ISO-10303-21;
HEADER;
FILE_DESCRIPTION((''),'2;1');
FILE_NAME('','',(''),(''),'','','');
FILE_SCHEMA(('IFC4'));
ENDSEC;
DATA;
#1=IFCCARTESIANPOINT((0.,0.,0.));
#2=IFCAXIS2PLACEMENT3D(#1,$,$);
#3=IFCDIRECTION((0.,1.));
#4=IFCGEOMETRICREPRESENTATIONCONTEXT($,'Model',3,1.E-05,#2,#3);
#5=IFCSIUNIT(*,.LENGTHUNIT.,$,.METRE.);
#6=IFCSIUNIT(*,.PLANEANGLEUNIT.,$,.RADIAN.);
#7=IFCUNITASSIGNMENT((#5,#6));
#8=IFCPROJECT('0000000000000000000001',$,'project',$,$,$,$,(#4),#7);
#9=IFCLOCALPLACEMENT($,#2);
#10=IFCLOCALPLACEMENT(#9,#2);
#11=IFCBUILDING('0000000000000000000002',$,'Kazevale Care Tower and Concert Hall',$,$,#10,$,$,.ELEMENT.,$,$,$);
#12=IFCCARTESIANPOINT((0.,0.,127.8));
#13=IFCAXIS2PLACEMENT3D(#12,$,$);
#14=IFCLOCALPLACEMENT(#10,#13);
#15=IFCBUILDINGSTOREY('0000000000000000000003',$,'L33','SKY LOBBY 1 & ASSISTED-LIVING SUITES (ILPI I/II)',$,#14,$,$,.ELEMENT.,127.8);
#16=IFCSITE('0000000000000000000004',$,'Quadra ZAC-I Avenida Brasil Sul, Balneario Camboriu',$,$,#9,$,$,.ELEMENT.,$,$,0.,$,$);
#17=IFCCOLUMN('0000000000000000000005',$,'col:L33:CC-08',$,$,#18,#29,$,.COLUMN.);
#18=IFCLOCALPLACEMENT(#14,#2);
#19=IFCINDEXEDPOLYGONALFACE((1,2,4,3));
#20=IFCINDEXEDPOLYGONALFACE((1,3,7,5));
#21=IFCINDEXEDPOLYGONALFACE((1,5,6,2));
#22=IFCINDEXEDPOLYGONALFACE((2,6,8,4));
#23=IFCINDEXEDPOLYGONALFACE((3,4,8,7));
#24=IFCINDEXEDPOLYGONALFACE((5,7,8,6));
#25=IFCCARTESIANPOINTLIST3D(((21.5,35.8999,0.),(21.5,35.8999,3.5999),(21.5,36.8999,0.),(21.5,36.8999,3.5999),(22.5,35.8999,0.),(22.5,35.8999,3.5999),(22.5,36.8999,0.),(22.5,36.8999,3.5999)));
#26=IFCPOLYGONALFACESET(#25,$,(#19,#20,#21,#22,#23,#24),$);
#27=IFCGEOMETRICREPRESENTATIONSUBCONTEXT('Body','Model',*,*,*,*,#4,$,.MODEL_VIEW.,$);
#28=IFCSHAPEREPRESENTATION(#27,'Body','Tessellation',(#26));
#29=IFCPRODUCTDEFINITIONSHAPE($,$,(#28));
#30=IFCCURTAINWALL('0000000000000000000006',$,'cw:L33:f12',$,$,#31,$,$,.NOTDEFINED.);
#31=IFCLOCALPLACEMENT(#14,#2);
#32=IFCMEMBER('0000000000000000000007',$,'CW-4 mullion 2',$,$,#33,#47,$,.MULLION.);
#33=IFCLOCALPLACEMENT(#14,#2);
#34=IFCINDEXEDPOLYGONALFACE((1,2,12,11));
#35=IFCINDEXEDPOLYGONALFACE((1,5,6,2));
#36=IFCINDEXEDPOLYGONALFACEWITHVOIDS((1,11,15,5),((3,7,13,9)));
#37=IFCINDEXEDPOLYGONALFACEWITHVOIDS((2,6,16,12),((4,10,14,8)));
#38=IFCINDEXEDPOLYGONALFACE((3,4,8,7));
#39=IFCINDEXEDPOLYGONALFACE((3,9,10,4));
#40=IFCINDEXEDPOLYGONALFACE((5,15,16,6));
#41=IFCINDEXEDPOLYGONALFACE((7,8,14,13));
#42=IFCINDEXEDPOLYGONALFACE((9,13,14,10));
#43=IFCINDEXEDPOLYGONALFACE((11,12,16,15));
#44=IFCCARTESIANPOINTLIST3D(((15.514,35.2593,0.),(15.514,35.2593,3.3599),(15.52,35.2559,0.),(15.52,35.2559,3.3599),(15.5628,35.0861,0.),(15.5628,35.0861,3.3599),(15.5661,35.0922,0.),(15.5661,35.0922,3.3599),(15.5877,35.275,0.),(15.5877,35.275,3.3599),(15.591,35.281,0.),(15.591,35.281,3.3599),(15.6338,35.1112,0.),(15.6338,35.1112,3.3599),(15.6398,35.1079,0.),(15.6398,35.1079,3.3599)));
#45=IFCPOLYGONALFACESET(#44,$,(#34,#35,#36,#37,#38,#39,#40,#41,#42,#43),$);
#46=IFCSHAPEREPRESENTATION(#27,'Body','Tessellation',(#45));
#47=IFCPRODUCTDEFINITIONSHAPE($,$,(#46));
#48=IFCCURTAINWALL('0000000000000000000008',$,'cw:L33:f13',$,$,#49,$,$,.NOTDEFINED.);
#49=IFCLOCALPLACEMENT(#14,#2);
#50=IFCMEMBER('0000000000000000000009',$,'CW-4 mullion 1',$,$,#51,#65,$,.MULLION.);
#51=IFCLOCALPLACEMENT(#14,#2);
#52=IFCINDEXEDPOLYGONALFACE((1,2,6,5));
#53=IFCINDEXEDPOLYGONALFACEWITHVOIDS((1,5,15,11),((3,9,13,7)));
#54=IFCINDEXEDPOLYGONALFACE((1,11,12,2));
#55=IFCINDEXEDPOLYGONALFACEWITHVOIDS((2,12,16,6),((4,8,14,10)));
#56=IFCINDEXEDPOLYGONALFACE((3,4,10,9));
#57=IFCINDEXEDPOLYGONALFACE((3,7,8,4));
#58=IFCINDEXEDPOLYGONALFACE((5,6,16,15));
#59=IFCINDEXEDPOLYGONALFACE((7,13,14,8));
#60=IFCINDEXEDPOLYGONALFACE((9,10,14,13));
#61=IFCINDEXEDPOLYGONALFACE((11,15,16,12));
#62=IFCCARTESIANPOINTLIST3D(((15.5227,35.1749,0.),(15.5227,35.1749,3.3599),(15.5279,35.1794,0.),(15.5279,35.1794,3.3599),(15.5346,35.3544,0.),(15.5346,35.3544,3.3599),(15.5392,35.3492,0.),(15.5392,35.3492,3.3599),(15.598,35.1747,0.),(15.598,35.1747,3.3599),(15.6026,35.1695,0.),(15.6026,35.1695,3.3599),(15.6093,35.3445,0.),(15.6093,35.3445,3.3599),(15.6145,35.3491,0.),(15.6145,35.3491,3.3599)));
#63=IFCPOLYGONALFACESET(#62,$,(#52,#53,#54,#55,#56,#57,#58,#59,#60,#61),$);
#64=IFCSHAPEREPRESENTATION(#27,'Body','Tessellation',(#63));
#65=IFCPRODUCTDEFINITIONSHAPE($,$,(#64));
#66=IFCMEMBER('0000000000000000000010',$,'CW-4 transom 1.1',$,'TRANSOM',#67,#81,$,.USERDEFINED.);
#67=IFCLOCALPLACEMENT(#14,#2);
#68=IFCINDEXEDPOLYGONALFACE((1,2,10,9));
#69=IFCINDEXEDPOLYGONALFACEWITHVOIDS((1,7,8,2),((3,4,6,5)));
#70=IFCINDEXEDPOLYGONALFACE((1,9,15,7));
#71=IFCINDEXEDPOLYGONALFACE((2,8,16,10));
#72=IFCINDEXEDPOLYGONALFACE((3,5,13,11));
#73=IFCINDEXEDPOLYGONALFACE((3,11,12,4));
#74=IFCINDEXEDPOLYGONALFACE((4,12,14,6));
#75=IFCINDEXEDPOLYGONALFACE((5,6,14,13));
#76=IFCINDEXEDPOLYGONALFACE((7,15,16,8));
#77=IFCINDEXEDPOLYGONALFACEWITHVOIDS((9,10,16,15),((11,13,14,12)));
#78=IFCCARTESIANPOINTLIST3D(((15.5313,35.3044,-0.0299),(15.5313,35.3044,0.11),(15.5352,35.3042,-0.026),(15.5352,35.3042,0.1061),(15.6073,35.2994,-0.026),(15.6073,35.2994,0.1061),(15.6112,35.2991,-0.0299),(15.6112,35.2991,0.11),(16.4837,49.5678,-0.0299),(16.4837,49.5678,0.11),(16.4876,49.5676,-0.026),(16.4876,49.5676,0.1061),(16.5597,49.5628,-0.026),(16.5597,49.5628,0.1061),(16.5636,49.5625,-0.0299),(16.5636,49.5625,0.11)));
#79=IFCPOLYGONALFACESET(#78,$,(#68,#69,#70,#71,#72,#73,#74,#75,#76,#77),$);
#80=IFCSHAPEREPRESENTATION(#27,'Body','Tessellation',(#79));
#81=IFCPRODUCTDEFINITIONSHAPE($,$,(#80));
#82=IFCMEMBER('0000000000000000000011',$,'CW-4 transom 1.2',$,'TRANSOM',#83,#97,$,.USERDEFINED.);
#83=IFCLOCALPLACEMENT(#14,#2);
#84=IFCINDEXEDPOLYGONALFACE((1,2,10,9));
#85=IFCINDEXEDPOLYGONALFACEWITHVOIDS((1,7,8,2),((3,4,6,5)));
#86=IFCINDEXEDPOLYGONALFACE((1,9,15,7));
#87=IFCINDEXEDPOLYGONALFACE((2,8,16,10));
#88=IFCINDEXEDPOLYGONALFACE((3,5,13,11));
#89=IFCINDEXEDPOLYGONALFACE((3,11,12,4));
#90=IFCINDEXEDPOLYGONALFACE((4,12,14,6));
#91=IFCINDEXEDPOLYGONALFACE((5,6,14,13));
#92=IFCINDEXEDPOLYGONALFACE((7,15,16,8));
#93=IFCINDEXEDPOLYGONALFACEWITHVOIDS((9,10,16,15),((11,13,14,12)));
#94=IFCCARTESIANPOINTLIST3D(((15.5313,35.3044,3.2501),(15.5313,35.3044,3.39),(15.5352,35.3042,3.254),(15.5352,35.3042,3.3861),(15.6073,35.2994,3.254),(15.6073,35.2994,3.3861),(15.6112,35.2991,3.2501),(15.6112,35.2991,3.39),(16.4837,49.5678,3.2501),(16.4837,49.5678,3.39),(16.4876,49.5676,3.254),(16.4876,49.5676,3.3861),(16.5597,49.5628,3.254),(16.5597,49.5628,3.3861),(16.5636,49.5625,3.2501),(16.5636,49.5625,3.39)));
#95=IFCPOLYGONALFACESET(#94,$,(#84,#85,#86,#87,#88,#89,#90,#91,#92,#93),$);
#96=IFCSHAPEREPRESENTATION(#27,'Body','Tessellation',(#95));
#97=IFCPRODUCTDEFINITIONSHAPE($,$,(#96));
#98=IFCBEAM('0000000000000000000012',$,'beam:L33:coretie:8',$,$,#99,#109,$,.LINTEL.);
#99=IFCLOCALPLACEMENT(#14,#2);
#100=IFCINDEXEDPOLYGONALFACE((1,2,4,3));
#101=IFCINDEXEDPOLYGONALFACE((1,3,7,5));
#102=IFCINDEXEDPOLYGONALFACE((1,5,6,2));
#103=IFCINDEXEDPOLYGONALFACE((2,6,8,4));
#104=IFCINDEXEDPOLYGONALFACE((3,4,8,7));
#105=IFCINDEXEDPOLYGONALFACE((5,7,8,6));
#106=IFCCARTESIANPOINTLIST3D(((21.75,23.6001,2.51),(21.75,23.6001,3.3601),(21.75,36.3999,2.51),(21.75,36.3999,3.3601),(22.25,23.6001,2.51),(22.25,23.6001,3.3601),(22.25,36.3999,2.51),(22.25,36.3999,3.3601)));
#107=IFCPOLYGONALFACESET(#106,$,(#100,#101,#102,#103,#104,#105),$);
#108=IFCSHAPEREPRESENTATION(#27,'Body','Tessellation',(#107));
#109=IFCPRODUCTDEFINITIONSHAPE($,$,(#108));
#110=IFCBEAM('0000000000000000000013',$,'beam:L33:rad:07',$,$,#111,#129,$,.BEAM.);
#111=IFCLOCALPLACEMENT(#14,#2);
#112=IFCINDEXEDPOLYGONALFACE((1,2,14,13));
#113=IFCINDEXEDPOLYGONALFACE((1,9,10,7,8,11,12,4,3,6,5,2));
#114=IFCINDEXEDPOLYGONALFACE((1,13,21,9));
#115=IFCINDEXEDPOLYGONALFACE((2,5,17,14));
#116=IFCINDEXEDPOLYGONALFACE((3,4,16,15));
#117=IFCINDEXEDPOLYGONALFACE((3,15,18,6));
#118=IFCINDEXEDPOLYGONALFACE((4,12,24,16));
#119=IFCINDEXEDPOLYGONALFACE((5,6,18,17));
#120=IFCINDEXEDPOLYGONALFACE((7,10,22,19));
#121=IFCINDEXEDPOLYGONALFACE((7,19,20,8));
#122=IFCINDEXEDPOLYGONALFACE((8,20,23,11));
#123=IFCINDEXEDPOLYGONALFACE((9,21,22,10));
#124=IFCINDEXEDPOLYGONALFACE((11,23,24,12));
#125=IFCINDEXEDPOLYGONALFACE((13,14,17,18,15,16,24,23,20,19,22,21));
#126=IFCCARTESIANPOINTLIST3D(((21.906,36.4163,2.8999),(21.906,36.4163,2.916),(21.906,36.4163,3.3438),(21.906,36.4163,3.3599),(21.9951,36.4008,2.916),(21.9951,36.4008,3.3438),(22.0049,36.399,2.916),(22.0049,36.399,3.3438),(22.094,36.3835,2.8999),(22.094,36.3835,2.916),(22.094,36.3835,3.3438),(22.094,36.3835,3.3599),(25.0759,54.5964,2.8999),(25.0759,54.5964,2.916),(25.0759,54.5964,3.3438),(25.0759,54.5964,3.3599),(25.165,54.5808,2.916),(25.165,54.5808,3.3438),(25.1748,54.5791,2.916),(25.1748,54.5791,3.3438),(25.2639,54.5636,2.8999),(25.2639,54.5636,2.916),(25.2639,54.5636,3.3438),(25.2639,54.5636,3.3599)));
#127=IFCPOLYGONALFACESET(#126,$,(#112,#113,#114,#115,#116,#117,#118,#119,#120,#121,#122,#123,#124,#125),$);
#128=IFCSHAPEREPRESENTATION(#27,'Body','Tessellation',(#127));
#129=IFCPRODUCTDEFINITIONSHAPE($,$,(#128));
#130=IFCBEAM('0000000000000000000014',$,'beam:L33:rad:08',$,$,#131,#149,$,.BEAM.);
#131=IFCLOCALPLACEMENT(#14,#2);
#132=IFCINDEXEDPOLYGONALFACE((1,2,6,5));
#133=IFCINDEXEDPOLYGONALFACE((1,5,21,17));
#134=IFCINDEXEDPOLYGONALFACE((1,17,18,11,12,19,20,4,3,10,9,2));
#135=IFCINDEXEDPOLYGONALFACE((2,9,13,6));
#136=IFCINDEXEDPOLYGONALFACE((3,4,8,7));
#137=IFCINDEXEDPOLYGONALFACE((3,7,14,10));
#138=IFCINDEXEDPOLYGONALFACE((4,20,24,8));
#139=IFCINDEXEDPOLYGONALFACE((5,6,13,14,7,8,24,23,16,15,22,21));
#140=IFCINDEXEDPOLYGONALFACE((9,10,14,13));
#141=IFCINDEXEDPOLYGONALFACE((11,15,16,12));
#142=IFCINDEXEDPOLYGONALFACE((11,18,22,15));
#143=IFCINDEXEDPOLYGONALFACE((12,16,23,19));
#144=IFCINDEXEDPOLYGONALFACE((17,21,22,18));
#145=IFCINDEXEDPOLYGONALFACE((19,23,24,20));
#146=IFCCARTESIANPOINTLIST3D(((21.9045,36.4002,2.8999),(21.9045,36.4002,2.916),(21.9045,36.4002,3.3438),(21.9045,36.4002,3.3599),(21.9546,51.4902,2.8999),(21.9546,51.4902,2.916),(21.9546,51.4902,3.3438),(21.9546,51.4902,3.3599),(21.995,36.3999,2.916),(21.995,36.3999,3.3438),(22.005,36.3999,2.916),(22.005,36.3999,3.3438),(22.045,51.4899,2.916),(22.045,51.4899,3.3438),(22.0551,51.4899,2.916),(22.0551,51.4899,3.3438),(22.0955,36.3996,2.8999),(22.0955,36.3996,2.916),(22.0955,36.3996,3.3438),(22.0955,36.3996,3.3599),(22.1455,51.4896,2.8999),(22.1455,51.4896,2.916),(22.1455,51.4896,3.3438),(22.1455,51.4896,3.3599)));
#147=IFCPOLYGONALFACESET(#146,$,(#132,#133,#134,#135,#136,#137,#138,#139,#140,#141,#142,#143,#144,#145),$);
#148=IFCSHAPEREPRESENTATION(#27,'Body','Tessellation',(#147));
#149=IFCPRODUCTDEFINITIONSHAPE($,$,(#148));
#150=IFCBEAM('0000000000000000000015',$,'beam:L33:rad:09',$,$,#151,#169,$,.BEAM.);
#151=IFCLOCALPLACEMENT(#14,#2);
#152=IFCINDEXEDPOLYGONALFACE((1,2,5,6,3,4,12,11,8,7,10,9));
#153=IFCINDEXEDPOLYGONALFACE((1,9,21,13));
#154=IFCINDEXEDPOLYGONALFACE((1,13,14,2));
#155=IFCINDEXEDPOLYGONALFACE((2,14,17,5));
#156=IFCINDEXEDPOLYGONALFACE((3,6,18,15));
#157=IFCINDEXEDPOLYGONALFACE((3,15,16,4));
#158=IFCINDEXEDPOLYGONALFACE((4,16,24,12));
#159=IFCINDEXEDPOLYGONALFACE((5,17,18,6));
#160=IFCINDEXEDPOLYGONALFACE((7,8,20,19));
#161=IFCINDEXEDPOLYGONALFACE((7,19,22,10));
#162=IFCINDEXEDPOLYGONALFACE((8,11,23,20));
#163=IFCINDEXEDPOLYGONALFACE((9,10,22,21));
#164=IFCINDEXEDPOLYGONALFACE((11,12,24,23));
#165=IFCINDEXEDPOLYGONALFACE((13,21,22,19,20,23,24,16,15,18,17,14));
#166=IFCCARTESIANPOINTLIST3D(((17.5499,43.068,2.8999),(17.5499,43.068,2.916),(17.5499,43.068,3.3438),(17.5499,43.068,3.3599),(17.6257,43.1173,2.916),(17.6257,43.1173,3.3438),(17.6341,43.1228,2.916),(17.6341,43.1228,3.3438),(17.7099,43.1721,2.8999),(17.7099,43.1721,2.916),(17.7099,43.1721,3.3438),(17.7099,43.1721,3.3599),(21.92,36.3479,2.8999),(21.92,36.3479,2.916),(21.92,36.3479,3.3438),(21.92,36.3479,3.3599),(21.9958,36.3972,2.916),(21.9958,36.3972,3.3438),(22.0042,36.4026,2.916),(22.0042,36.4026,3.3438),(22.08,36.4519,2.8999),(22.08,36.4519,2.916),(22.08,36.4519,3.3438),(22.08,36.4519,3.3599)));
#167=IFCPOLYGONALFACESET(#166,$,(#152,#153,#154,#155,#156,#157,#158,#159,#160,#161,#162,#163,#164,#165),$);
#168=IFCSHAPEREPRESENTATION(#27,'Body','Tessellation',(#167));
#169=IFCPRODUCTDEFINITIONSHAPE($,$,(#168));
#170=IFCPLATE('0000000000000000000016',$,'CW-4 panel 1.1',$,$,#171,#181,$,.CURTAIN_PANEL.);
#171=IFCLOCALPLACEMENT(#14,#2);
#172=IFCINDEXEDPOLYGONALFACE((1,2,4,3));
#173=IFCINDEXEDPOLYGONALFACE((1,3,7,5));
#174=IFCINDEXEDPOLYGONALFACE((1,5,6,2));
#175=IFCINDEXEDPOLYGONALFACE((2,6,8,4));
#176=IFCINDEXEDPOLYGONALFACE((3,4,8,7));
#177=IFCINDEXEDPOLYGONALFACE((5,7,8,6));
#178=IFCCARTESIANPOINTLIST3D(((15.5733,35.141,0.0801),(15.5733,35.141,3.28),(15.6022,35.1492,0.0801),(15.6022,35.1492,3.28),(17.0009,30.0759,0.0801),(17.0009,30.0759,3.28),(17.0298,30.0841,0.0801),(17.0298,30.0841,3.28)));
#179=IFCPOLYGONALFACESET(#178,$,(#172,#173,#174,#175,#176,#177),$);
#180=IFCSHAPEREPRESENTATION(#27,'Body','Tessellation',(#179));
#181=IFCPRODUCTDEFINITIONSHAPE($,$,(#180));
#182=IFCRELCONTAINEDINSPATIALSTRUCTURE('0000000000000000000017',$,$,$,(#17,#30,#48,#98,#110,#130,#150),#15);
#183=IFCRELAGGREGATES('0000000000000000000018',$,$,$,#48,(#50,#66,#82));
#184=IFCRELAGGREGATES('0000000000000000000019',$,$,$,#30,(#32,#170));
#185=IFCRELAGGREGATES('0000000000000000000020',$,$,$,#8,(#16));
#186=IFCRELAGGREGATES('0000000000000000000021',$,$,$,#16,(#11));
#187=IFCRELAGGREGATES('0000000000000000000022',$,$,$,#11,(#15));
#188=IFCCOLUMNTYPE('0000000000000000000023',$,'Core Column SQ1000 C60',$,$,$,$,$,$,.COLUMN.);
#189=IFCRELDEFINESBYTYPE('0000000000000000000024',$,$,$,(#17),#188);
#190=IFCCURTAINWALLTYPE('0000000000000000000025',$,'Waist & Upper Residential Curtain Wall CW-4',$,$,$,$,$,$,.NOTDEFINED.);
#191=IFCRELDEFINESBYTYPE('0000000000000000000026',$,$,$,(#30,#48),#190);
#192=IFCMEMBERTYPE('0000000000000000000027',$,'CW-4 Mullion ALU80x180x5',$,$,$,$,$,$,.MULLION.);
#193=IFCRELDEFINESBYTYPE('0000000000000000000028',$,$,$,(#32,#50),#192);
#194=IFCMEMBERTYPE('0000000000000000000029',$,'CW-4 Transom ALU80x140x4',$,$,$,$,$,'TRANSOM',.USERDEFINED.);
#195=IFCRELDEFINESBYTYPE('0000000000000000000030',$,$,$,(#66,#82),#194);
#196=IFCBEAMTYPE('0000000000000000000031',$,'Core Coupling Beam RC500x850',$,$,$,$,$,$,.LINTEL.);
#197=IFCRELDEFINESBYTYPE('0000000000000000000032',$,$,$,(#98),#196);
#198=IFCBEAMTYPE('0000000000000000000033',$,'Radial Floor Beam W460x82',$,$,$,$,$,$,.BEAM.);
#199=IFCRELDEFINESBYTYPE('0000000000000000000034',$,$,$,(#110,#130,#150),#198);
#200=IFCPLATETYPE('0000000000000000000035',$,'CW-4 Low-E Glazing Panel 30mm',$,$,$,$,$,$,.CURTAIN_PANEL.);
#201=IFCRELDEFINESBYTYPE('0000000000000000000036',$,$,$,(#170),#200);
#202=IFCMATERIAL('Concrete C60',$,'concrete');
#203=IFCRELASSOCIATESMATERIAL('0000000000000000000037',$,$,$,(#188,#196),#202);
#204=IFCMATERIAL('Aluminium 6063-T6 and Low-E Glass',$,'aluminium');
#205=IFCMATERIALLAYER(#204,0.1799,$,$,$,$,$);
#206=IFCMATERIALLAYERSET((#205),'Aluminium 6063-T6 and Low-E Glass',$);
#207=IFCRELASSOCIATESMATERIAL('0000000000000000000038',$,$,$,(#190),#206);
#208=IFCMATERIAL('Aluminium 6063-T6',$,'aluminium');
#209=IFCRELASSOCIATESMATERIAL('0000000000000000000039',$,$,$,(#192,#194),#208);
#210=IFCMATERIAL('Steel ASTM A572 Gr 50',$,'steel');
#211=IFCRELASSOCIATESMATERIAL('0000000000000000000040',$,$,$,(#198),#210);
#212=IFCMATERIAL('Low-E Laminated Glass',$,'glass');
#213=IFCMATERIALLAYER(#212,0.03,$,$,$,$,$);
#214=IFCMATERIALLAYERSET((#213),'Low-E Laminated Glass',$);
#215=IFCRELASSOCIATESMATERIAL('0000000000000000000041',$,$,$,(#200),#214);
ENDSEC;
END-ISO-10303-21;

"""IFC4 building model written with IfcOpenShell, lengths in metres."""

from ifc_helpers import new_model, si_unit, direction, frame, origin, origin_2d, place, context, subcontext, project, spatial, rectangle, hollow_rectangle, i_section, extrude, material, layer, layer_set, material_profile, profile_set, type_object, element, aggregate, save


model = new_model("IFC4")

# Units and contexts
model_context = context("Model", 3, precision=1e-05, world=origin(), true_north=direction((0.0, 1.0)))
body_context = subcontext(model_context, "Body", "Model", "MODEL_VIEW")
ifc_project = project(units=[si_unit("LENGTHUNIT", "METRE"), si_unit("PLANEANGLEUNIT", "RADIAN")], contexts=[model_context])

# Site, building, storey
site_placement = place(None, origin())
site = spatial("IfcSite", under=ifc_project, at=site_placement, Name="Quadra ZAC-I Avenida Brasil Sul, Balneario Camboriu", CompositionType="ELEMENT", RefElevation=0.0)
building_placement = place(site_placement, origin())
building = spatial("IfcBuilding", under=site, at=building_placement, Name="Kazevale Care Tower and Concert Hall", CompositionType="ELEMENT")
storey_placement = place(building_placement, frame((0.0, 0.0, 127.8)))
storey = spatial("IfcBuildingStorey", under=building, at=storey_placement, Name="L33", Description="SKY LOBBY 1 & ASSISTED-LIVING SUITES (ILPI I/II)", CompositionType="ELEMENT", Elevation=127.8)

# Column
ifc_material_1 = material(Name="Concrete C60", Category="concrete")
ifc_material_profile_1 = material_profile(ifc_material_1, rectangle(XDim=1.0, YDim=1.0, at=origin_2d()), Name="RC-SQ1000")
ifc_profile_set_1 = profile_set([ifc_material_profile_1], Name="Concrete C60")
column_type = type_object("IfcColumnType", Name="Core Column SQ1000 C60", PredefinedType="COLUMN", material=ifc_profile_set_1)
column_placement = place(storey_placement, frame((22.0, 36.3999, 0.0), z_axis=(0.0, 0.0, 1.0), x_axis=(1.0, 0.0, 0.0)))
element("IfcColumn", 1, at=column_placement, inside=storey, type_object=column_type, Name="col:L33:CC-08", PredefinedType="COLUMN", context=body_context, shape_type="SweptSolid", body=[
    extrude(rectangle(XDim=1.0, YDim=1.0, at=origin_2d()), origin(), (0.0, 0.0, 1.0), 3.5999),
])

# Curtain wall, member
ifc_material_2 = material(Name="Aluminium 6063-T6 and Low-E Glass", Category="aluminium")
ifc_layer_1 = layer(ifc_material_2, 0.1799)
ifc_layer_set_1 = layer_set([ifc_layer_1], Name="Aluminium 6063-T6 and Low-E Glass")
curtain_wall_type = type_object("IfcCurtainWallType", Name="Waist & Upper Residential Curtain Wall CW-4", PredefinedType="NOTDEFINED", material=ifc_layer_set_1)
curtain_wall_1_placement = place(storey_placement, origin())
curtain_wall_1 = element("IfcCurtainWall", 2, at=curtain_wall_1_placement, inside=storey, type_object=curtain_wall_type, Name="cw:L33:f12", PredefinedType="NOTDEFINED")
ifc_material_3 = material(Name="Aluminium 6063-T6", Category="aluminium")
ifc_material_profile_2 = material_profile(ifc_material_3, hollow_rectangle(XDim=0.0801, YDim=0.1799, WallThickness=0.0049, at=origin_2d()), Name="ALU80x180x5")
ifc_profile_set_2 = profile_set([ifc_material_profile_2], Name="Aluminium 6063-T6")
member_type_1 = type_object("IfcMemberType", Name="CW-4 Mullion ALU80x180x5", PredefinedType="MULLION", material=ifc_profile_set_2)
member_1_placement = place(storey_placement, frame((15.5769, 35.1836, 0.0), z_axis=(0.0, 0.0, 1.0), x_axis=(-0.962499, -0.271285, 0.0)))
member_1 = element("IfcMember", 3, at=member_1_placement, type_object=member_type_1, Name="CW-4 mullion 2", PredefinedType="MULLION", context=body_context, shape_type="SweptSolid", body=[
    extrude(hollow_rectangle(XDim=0.0801, YDim=0.1799, WallThickness=0.0049, at=origin_2d()), origin(), (0.0, 0.0, 1.0), 3.3599),
])

# Curtain wall, members
curtain_wall_2_placement = place(storey_placement, origin())
curtain_wall_2 = element("IfcCurtainWall", 4, at=curtain_wall_2_placement, inside=storey, type_object=curtain_wall_type, Name="cw:L33:f13", PredefinedType="NOTDEFINED")
member_2_placement = place(storey_placement, frame((15.5686, 35.262, 0.0), z_axis=(0.0, 0.0, 1.0), x_axis=(-0.997778, 0.06662, 0.0)))
member_2 = element("IfcMember", 5, at=member_2_placement, type_object=member_type_1, Name="CW-4 mullion 1", PredefinedType="MULLION", context=body_context, shape_type="SweptSolid", body=[
    extrude(hollow_rectangle(XDim=0.0801, YDim=0.1799, WallThickness=0.0049, at=origin_2d()), origin(), (0.0, 0.0, 1.0), 3.3599),
])
ifc_material_profile_3 = material_profile(ifc_material_3, hollow_rectangle(XDim=0.0801, YDim=0.1399, WallThickness=0.0039, at=origin_2d()), Name="ALU80x140x4")
ifc_profile_set_3 = profile_set([ifc_material_profile_3], Name="Aluminium 6063-T6")
member_type_2 = type_object("IfcMemberType", Name="CW-4 Transom ALU80x140x4", ElementType="TRANSOM", PredefinedType="USERDEFINED", material=ifc_profile_set_3)
member_3_placement = place(storey_placement, frame((15.5713, 35.3018, 0.04), z_axis=(0.066623, 0.997778, 0.0), x_axis=(-0.997778, 0.066623, 0.0)))
member_3 = element("IfcMember", 6, at=member_3_placement, type_object=member_type_2, Name="CW-4 transom 1.1", ObjectType="TRANSOM", PredefinedType="USERDEFINED", context=body_context, shape_type="SweptSolid", body=[
    extrude(hollow_rectangle(XDim=0.0801, YDim=0.1399, WallThickness=0.0039, at=origin_2d()), origin(), (0.0, 0.0, 1.0), 14.2952),
])
member_4_placement = place(storey_placement, frame((15.5713, 35.3018, 3.3201), z_axis=(0.066623, 0.997778, 0.0), x_axis=(-0.997778, 0.066623, 0.0)))
member_4 = element("IfcMember", 7, at=member_4_placement, type_object=member_type_2, Name="CW-4 transom 1.2", ObjectType="TRANSOM", PredefinedType="USERDEFINED", context=body_context, shape_type="SweptSolid", body=[
    extrude(hollow_rectangle(XDim=0.0801, YDim=0.1399, WallThickness=0.0039, at=origin_2d()), origin(), (0.0, 0.0, 1.0), 14.2952),
])
aggregate(curtain_wall_2, [member_2, member_3, member_4])

# Beams
ifc_material_profile_4 = material_profile(ifc_material_1, rectangle(XDim=0.5, YDim=0.8501, at=origin_2d()), Name="RC-B500x850")
ifc_profile_set_4 = profile_set([ifc_material_profile_4], Name="Concrete C60")
beam_type_1 = type_object("IfcBeamType", Name="Core Coupling Beam RC500x850", PredefinedType="LINTEL", material=ifc_profile_set_4)
beam_1_placement = place(storey_placement, frame((22.0, 36.3999, 2.9351), z_axis=(0.0, -1.0, 0.0), x_axis=(1.0, 0.0, 0.0)))
element("IfcBeam", 8, at=beam_1_placement, inside=storey, type_object=beam_type_1, Name="beam:L33:coretie:8", PredefinedType="LINTEL", context=body_context, shape_type="SweptSolid", body=[
    extrude(rectangle(XDim=0.5, YDim=0.8501, at=origin_2d()), origin(), (0.0, 0.0, 1.0), 12.7998),
])
ifc_material_4 = material(Name="Steel ASTM A572 Gr 50", Category="steel")
ifc_material_profile_5 = material_profile(ifc_material_4, i_section(OverallWidth=0.1909, OverallDepth=0.46, WebThickness=0.01, FlangeThickness=0.0161, at=origin_2d()), Name="W460x82")
ifc_profile_set_5 = profile_set([ifc_material_profile_5], Name="Steel ASTM A572 Gr 50")
beam_type_2 = type_object("IfcBeamType", Name="Radial Floor Beam W460x82", PredefinedType="BEAM", material=ifc_profile_set_5)
beam_2_placement = place(storey_placement, frame((22.0, 36.3999, 3.1299), z_axis=(0.17177, 0.985137, 0.0), x_axis=(-0.985137, 0.17177, 0.0)))
element("IfcBeam", 9, at=beam_2_placement, inside=storey, type_object=beam_type_2, Name="beam:L33:rad:07", PredefinedType="BEAM", context=body_context, shape_type="SweptSolid", body=[
    extrude(i_section(OverallWidth=0.1909, OverallDepth=0.46, WebThickness=0.01, FlangeThickness=0.0161, at=origin_2d()), origin(), (0.0, 0.0, 1.0), 18.4543),
])
beam_3_placement = place(storey_placement, frame((22.0, 36.3999, 3.1299), z_axis=(0.003317, 0.999994, 0.0), x_axis=(-0.999994, 0.003317, 0.0)))
element("IfcBeam", 10, at=beam_3_placement, inside=storey, type_object=beam_type_2, Name="beam:L33:rad:08", PredefinedType="BEAM", context=body_context, shape_type="SweptSolid", body=[
    extrude(i_section(OverallWidth=0.1909, OverallDepth=0.46, WebThickness=0.01, FlangeThickness=0.0161, at=origin_2d()), origin(), (0.0, 0.0, 1.0), 15.0901),
])
beam_4_placement = place(storey_placement, frame((22.0, 36.3999, 3.1299), z_axis=(-0.545162, 0.838331, 0.0), x_axis=(-0.838331, -0.545162, 0.0)))
element("IfcBeam", 11, at=beam_4_placement, inside=storey, type_object=beam_type_2, Name="beam:L33:rad:09", PredefinedType="BEAM", context=body_context, shape_type="SweptSolid", body=[
    extrude(i_section(OverallWidth=0.1909, OverallDepth=0.46, WebThickness=0.01, FlangeThickness=0.0161, at=origin_2d()), origin(), (0.0, 0.0, 1.0), 8.0161),
])

# Plate
ifc_material_5 = material(Name="Low-E Laminated Glass", Category="glass")
ifc_layer_2 = layer(ifc_material_5, 0.03)
ifc_layer_set_2 = layer_set([ifc_layer_2], Name="Low-E Laminated Glass")
plate_type = type_object("IfcPlateType", Name="CW-4 Low-E Glazing Panel 30mm", PredefinedType="CURTAIN_PANEL", material=ifc_layer_set_2)
plate_placement = place(storey_placement, frame((16.3015, 32.6125, 0.0801), z_axis=(0.0, 0.0, 1.0), x_axis=(-0.271285, 0.962499, 0.0)))
plate = element("IfcPlate", 12, at=plate_placement, type_object=plate_type, Name="CW-4 panel 1.1", PredefinedType="CURTAIN_PANEL", context=body_context, shape_type="SweptSolid", body=[
    extrude(rectangle(XDim=5.2625, YDim=0.03, at=origin_2d()), origin(), (0.0, 0.0, 1.0), 3.2),
])
aggregate(curtain_wall_1, [member_1, plate])

save(model, "model.ifc")
